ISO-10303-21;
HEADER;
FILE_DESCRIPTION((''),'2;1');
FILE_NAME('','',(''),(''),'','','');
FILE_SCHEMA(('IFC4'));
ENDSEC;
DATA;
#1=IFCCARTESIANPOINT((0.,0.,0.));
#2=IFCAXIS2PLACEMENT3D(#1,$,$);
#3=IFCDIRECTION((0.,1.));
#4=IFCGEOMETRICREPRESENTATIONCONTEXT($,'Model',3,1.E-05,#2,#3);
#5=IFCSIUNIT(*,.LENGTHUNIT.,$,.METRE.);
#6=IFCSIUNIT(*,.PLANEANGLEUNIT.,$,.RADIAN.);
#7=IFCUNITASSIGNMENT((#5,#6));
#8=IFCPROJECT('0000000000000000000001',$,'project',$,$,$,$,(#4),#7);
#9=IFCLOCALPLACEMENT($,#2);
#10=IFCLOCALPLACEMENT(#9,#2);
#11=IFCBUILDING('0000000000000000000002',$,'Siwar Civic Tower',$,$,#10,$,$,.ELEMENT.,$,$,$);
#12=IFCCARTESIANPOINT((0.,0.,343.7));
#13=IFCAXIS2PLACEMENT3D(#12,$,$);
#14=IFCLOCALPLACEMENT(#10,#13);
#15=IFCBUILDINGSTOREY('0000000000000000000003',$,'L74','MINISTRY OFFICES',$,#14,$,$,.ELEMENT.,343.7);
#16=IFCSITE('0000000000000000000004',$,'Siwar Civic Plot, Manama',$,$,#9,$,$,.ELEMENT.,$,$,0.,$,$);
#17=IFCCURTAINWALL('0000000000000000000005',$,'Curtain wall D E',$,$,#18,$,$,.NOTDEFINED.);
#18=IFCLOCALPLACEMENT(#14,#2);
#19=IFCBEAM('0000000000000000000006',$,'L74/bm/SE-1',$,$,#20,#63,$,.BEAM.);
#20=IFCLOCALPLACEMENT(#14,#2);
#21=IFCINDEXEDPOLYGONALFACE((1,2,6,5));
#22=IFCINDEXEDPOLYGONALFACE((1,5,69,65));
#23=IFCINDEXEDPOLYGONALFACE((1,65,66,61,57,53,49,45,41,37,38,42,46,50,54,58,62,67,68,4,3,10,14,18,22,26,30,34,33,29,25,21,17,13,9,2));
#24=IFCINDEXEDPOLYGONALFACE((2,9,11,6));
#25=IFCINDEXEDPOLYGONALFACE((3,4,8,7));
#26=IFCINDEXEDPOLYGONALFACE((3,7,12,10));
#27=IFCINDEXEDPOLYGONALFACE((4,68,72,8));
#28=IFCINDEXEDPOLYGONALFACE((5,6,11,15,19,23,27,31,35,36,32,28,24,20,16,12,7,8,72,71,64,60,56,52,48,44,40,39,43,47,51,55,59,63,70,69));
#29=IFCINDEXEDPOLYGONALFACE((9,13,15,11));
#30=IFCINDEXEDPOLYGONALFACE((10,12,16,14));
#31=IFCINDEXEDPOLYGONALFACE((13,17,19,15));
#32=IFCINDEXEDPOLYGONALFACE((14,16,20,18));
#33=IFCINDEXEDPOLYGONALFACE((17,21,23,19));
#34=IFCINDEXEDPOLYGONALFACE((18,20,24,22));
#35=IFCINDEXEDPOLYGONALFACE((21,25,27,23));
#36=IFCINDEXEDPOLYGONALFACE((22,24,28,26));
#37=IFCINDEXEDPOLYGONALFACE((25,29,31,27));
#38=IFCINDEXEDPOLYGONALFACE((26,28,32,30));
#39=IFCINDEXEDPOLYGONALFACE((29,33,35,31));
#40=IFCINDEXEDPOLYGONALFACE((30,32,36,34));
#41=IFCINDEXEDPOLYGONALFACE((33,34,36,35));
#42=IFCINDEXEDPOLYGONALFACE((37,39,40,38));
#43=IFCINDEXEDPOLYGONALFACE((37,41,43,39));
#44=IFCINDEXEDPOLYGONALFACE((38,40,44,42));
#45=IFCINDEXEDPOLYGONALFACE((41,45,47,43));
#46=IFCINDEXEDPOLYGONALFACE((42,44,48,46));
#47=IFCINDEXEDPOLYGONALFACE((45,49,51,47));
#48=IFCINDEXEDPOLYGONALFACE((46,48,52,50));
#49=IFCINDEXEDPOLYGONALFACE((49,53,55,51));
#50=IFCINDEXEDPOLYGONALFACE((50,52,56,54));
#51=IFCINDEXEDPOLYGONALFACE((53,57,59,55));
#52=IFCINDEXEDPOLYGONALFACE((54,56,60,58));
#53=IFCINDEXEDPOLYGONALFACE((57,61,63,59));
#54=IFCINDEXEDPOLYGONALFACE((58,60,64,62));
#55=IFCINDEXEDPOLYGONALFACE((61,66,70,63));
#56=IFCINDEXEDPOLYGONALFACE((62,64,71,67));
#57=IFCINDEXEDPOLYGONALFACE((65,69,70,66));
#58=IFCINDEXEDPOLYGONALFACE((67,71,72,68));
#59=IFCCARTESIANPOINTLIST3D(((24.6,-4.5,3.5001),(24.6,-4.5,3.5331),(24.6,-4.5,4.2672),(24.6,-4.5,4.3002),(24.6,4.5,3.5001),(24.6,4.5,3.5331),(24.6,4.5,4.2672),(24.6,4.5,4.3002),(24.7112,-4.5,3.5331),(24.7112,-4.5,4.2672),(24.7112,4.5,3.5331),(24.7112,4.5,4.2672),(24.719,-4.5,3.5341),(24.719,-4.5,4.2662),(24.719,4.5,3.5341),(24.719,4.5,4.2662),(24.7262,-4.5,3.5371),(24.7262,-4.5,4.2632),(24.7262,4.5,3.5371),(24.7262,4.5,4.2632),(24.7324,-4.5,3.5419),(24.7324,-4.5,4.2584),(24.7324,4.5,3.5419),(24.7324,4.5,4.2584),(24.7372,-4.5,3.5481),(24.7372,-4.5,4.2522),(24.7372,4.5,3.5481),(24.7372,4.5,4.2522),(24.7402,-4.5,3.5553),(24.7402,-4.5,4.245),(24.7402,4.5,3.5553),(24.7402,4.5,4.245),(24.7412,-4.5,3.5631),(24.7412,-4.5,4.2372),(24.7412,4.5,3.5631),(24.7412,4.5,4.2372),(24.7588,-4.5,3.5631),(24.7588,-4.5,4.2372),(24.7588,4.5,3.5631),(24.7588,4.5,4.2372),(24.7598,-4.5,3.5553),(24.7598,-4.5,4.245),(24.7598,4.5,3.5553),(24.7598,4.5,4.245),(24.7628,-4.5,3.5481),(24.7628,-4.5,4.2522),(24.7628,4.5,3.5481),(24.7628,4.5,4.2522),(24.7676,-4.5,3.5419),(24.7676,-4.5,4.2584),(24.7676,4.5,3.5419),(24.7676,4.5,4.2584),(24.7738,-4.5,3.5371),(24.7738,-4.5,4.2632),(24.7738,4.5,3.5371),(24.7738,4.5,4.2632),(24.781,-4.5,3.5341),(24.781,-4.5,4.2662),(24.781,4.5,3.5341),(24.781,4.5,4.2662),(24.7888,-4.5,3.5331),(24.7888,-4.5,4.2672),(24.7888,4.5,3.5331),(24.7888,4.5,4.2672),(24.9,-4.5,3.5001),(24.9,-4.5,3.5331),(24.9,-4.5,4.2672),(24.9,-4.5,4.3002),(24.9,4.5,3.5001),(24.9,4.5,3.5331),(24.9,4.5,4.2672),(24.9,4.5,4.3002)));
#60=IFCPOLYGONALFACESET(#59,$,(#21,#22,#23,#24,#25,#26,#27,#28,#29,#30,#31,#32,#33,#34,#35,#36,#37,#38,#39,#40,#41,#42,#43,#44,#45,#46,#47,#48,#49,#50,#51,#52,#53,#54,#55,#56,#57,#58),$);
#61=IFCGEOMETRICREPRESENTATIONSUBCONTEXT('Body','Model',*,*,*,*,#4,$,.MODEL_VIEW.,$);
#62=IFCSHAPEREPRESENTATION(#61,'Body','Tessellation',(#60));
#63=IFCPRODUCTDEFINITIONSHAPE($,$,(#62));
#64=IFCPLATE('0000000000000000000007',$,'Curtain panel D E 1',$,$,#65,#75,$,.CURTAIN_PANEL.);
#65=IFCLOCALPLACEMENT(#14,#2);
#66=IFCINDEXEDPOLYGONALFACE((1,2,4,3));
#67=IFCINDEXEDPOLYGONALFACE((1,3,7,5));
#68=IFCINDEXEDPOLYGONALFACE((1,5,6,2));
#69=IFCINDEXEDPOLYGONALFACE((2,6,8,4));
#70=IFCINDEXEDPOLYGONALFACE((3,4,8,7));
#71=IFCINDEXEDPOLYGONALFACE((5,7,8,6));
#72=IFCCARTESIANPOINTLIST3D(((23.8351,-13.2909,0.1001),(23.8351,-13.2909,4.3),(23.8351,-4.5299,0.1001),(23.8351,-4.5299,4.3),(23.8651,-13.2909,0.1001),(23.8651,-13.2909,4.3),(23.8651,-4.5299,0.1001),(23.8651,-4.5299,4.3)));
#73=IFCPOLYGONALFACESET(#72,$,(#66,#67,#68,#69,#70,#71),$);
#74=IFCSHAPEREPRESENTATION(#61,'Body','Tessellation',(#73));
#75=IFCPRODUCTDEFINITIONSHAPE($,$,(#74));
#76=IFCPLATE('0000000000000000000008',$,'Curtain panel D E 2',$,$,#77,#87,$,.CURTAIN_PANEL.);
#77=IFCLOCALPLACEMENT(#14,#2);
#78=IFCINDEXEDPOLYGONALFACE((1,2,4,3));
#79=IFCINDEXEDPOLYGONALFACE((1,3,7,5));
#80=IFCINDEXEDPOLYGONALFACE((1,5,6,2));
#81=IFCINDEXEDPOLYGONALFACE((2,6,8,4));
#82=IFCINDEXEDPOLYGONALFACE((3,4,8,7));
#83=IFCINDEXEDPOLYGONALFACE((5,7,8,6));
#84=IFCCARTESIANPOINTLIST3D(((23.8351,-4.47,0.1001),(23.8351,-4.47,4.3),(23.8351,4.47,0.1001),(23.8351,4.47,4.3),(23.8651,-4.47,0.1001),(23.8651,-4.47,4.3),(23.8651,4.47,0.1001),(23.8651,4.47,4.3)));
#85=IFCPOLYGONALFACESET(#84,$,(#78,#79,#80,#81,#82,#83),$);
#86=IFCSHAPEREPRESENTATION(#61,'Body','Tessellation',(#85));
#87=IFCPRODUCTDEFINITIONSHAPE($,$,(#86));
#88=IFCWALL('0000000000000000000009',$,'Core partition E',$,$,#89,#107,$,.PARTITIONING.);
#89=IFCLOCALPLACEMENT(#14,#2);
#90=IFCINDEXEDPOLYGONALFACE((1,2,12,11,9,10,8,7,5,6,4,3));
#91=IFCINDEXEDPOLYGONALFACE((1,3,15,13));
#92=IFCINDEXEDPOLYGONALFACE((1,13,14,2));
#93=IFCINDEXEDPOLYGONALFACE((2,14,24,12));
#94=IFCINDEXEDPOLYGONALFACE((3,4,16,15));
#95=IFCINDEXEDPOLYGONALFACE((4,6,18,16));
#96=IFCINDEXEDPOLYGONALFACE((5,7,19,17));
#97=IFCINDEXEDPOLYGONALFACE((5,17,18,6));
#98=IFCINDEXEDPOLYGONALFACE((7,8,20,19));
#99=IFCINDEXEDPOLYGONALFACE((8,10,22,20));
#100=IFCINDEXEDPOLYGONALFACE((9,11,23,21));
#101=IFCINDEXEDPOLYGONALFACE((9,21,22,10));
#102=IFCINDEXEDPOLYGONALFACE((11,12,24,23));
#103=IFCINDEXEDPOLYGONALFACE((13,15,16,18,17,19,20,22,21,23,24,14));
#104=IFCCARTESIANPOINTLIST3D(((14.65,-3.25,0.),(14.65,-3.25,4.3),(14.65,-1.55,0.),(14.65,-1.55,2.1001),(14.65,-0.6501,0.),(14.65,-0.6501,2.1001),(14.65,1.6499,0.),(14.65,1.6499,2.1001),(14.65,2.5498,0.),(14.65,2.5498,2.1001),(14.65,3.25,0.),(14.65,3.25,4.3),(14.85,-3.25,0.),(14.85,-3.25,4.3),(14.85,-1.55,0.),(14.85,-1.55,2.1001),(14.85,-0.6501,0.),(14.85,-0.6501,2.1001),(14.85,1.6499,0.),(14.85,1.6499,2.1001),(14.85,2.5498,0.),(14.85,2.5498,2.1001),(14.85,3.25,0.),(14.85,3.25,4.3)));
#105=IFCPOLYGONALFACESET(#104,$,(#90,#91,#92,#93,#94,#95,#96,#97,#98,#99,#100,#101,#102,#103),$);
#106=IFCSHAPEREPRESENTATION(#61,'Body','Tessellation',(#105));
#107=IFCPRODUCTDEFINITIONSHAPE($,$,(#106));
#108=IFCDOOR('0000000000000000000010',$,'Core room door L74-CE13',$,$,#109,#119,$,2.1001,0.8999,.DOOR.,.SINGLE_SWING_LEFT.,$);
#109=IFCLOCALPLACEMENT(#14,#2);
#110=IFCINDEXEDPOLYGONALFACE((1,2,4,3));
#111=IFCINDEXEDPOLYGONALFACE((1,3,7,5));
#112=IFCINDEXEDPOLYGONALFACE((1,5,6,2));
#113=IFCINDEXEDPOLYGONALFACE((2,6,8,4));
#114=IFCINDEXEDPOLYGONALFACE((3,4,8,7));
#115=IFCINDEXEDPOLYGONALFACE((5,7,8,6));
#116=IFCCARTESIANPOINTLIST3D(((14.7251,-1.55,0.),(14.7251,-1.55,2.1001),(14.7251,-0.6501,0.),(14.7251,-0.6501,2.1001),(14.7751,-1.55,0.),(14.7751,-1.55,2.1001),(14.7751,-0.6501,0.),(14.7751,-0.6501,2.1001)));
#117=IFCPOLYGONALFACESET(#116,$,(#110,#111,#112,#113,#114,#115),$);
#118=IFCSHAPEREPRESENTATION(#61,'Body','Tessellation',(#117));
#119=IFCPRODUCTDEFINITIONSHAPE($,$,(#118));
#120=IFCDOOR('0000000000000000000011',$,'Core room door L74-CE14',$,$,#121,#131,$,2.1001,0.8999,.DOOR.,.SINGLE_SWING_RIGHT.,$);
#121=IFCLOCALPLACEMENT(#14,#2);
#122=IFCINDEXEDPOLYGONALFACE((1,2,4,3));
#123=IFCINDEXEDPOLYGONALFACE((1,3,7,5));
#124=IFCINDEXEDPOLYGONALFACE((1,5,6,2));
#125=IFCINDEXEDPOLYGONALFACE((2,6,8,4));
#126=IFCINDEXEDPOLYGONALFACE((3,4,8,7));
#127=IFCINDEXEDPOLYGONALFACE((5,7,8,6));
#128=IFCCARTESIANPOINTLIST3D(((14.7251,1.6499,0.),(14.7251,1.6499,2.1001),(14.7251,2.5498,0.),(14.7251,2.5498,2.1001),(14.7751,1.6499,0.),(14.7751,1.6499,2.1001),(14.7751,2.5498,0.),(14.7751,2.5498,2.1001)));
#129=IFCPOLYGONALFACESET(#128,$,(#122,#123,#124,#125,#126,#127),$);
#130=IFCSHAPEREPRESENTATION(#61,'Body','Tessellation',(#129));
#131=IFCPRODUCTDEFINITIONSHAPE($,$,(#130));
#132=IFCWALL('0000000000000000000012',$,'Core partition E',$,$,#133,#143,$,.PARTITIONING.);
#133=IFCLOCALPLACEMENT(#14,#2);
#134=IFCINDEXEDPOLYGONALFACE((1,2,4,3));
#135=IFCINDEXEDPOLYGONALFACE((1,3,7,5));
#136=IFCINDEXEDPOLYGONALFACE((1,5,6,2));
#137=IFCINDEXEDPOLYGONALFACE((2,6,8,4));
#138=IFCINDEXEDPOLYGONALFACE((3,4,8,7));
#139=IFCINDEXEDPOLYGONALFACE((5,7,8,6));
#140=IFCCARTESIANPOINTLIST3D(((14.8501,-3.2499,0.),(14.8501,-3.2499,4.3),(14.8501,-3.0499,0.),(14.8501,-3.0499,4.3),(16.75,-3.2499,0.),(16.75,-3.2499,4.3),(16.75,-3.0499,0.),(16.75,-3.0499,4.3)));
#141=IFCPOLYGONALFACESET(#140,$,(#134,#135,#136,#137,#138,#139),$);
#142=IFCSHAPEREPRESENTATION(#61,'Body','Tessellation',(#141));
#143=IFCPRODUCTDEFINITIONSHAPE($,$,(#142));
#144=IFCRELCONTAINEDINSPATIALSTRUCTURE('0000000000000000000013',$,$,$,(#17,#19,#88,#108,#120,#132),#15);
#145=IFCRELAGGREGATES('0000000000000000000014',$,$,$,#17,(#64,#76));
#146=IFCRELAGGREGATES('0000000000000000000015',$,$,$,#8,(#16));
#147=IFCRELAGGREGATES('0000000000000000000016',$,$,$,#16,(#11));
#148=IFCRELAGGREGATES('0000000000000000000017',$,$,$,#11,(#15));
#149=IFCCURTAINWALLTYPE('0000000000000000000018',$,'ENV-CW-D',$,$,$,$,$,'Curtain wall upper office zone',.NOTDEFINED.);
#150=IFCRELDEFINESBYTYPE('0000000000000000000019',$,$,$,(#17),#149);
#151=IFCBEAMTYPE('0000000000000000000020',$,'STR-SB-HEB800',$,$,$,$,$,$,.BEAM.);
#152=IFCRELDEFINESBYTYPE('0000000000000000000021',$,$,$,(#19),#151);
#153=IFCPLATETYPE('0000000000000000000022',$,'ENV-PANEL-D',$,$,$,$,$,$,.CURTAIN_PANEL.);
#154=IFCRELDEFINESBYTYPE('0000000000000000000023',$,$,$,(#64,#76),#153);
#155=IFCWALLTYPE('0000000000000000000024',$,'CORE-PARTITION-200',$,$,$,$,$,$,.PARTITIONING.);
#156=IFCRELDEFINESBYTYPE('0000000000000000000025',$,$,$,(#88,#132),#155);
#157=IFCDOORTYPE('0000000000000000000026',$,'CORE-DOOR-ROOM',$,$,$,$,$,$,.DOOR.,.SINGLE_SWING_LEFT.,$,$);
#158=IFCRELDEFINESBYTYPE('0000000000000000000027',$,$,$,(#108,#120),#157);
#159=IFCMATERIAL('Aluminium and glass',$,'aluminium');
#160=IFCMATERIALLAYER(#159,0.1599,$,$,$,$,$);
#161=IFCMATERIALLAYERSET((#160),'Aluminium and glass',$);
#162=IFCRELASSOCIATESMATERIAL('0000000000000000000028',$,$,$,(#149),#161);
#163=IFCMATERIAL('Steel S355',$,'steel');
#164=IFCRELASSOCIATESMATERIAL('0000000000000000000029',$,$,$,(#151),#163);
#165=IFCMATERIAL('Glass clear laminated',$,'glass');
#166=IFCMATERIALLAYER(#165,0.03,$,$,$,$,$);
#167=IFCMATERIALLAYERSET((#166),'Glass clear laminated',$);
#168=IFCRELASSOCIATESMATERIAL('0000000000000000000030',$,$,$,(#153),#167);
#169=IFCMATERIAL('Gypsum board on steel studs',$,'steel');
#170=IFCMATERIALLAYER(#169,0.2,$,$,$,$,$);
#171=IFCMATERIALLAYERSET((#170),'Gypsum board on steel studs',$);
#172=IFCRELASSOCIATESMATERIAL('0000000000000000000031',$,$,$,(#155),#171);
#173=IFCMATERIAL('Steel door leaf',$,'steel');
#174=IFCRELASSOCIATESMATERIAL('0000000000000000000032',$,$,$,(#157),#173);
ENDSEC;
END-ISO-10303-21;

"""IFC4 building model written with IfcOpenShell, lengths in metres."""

from ifc_helpers import new_model, si_unit, direction, frame, frame_2d, origin, origin_2d, place, context, subcontext, project, spatial, rectangle, i_section, extrude, material, layer, layer_set, material_profile, profile_set, type_object, element, fill, aggregate, save


model = new_model("IFC4")

# Units and contexts
model_context = context("Model", 3, precision=1e-05, world=origin(), true_north=direction((0.0, 1.0)))
body_context = subcontext(model_context, "Body", "Model", "MODEL_VIEW")
ifc_project = project(units=[si_unit("LENGTHUNIT", "METRE"), si_unit("PLANEANGLEUNIT", "RADIAN")], contexts=[model_context])

# Site, building, storey
site_placement = place(None, origin())
site = spatial("IfcSite", under=ifc_project, at=site_placement, Name="Siwar Civic Plot, Manama", CompositionType="ELEMENT", RefElevation=0.0)
building_placement = place(site_placement, origin())
building = spatial("IfcBuilding", under=site, at=building_placement, Name="Siwar Civic Tower", CompositionType="ELEMENT")
storey_placement = place(building_placement, frame((0.0, 0.0, 343.7)))
storey = spatial("IfcBuildingStorey", under=building, at=storey_placement, Name="L74", Description="MINISTRY OFFICES", CompositionType="ELEMENT", Elevation=343.7)

# Curtain wall
ifc_material_1 = material(Name="Aluminium and glass", Category="aluminium")
ifc_layer_1 = layer(ifc_material_1, 0.1599)
ifc_layer_set_1 = layer_set([ifc_layer_1], Name="Aluminium and glass")
curtain_wall_type = type_object("IfcCurtainWallType", Name="ENV-CW-D", ElementType="Curtain wall upper office zone", PredefinedType="NOTDEFINED", material=ifc_layer_set_1)
curtain_wall_placement = place(storey_placement, origin())
curtain_wall = element("IfcCurtainWall", 1, at=curtain_wall_placement, inside=storey, type_object=curtain_wall_type, Name="Curtain wall D E", PredefinedType="NOTDEFINED")

# Beam
ifc_material_2 = material(Name="Steel S355", Category="steel")
ifc_material_profile_1 = material_profile(ifc_material_2, i_section(OverallWidth=0.3, OverallDepth=0.8, WebThickness=0.0176, FlangeThickness=0.033, FilletRadius=0.03, at=origin_2d()), Name="HEB800")
ifc_profile_set_1 = profile_set([ifc_material_profile_1], Name="Steel S355")
beam_type_1 = type_object("IfcBeamType", Name="STR-SB-HEB800", PredefinedType="BEAM", material=ifc_profile_set_1)
for number, where, z_axis, x_axis, name in (
    (2, (24.75, -4.5, 3.9001), (0.0, 1.0, 0.0), (-1.0, 0.0, 0.0), "L74/bm/SE-1"),
):
    element("IfcBeam", number, at=place(storey_placement, frame(where, z_axis=z_axis, x_axis=x_axis)), inside=storey, type_object=beam_type_1, Name=name, PredefinedType="BEAM", context=body_context, shape_type="SweptSolid", body=[
        extrude(i_section(OverallWidth=0.3, OverallDepth=0.8, WebThickness=0.0176, FlangeThickness=0.033, FilletRadius=0.03, at=origin_2d()), origin(), (0.0, 0.0, 1.0), 9.0),
    ])

# Plates
ifc_material_3 = material(Name="Glass clear laminated", Category="glass")
ifc_layer_2 = layer(ifc_material_3, 0.03)
ifc_layer_set_2 = layer_set([ifc_layer_2], Name="Glass clear laminated")
plate_type = type_object("IfcPlateType", Name="ENV-PANEL-D", PredefinedType="CURTAIN_PANEL", material=ifc_layer_set_2)
plate_1_placement = place(storey_placement, frame((23.8501, -8.9104, 0.1001), z_axis=(0.0, 0.0, 1.0), x_axis=(0.0, 1.0, 0.0)))
plate_1 = element("IfcPlate", 3, at=plate_1_placement, type_object=plate_type, Name="Curtain panel D E 1", PredefinedType="CURTAIN_PANEL", context=body_context, shape_type="SweptSolid", body=[
    extrude(rectangle(XDim=8.761, YDim=0.03, at=origin_2d()), origin(), (0.0, 0.0, 1.0), 4.2),
])
plate_2_placement = place(storey_placement, frame((23.8501, 0.0, 0.1001), z_axis=(0.0, 0.0, 1.0), x_axis=(0.0, 1.0, 0.0)))
plate_2 = element("IfcPlate", 4, at=plate_2_placement, type_object=plate_type, Name="Curtain panel D E 2", PredefinedType="CURTAIN_PANEL", context=body_context, shape_type="SweptSolid", body=[
    extrude(rectangle(XDim=8.9399, YDim=0.03, at=origin_2d()), origin(), (0.0, 0.0, 1.0), 4.2),
])
aggregate(curtain_wall, [plate_1, plate_2])

# Wall, openings, doors
ifc_material_4 = material(Name="Gypsum board on steel studs", Category="steel")
ifc_layer_3 = layer(ifc_material_4, 0.2)
ifc_layer_set_3 = layer_set([ifc_layer_3], Name="Gypsum board on steel studs")
wall_type_1 = type_object("IfcWallType", Name="CORE-PARTITION-200", PredefinedType="PARTITIONING", material=ifc_layer_set_3)
wall_1_placement = place(storey_placement, frame((14.75, -3.25, 0.0), z_axis=(0.0, 0.0, 1.0), x_axis=(0.0, 1.0, 0.0)))
wall_1 = element("IfcWall", 5, at=wall_1_placement, inside=storey, type_object=wall_type_1, Name="Core partition E", PredefinedType="PARTITIONING", context=body_context, shape_type="SweptSolid", body=[
    extrude(rectangle(XDim=6.5, YDim=0.2, at=frame_2d((3.25, 0.0))), origin(), (0.0, 0.0, 1.0), 4.3),
])
opening_1_placement = place(wall_1_placement, frame((1.7, 0.0, 0.0)))
opening_1 = element("IfcOpeningElement", 6, at=opening_1_placement, cuts=wall_1, PredefinedType="OPENING", context=body_context, shape_type="SweptSolid", body=[
    extrude(rectangle(XDim=0.8999, YDim=2.1001, at=frame_2d((0.45, 1.05))), frame((0.0, 0.1099, 0.0), z_axis=(0.0, -1.0, 0.0), x_axis=(1.0, 0.0, 0.0)), (0.0, 0.0, 1.0), 0.22),
])
opening_2_placement = place(wall_1_placement, frame((4.8999, 0.0, 0.0)))
opening_2 = element("IfcOpeningElement", 7, at=opening_2_placement, cuts=wall_1, PredefinedType="OPENING", context=body_context, shape_type="SweptSolid", body=[
    extrude(rectangle(XDim=0.8999, YDim=2.1001, at=frame_2d((0.45, 1.05))), frame((0.0, 0.1099, 0.0), z_axis=(0.0, -1.0, 0.0), x_axis=(1.0, 0.0, 0.0)), (0.0, 0.0, 1.0), 0.22),
])
ifc_material_5 = material(Name="Steel door leaf", Category="steel")
door_type_1 = type_object("IfcDoorType", Name="CORE-DOOR-ROOM", OperationType="SINGLE_SWING_LEFT", PredefinedType="DOOR", material=ifc_material_5)
door_1_placement = place(opening_1_placement, origin())
door_1 = element("IfcDoor", 8, at=door_1_placement, inside=storey, type_object=door_type_1, Name="Core room door L74-CE13", OperationType="SINGLE_SWING_LEFT", OverallHeight=2.1001, OverallWidth=0.8999, PredefinedType="DOOR", context=body_context, shape_type="SweptSolid", body=[
    extrude(rectangle(XDim=0.8999, YDim=2.1001, at=frame_2d((0.45, 1.05))), frame((0.0, 0.0249, 0.0), z_axis=(0.0, -1.0, 0.0), x_axis=(1.0, 0.0, 0.0)), (0.0, 0.0, 1.0), 0.05),
])
fill(opening_1, door_1)
door_2_placement = place(opening_2_placement, origin())
door_2 = element("IfcDoor", 9, at=door_2_placement, inside=storey, type_object=door_type_1, Name="Core room door L74-CE14", OperationType="SINGLE_SWING_RIGHT", OverallHeight=2.1001, OverallWidth=0.8999, PredefinedType="DOOR", context=body_context, shape_type="SweptSolid", body=[
    extrude(rectangle(XDim=0.8999, YDim=2.1001, at=frame_2d((0.45, 1.05))), frame((0.0, 0.0249, 0.0), z_axis=(0.0, -1.0, 0.0), x_axis=(1.0, 0.0, 0.0)), (0.0, 0.0, 1.0), 0.05),
])
fill(opening_2, door_2)

# Wall
wall_2_placement = place(storey_placement, frame((14.8501, -3.1499, 0.0), z_axis=(0.0, 0.0, 1.0), x_axis=(1.0, 0.0, 0.0)))
element("IfcWall", 10, at=wall_2_placement, inside=storey, type_object=wall_type_1, Name="Core partition E", PredefinedType="PARTITIONING", context=body_context, shape_type="SweptSolid", body=[
    extrude(rectangle(XDim=1.8999, YDim=0.2, at=frame_2d((0.95, 0.0))), origin(), (0.0, 0.0, 1.0), 4.3),
])

save(model, "model.ifc")
